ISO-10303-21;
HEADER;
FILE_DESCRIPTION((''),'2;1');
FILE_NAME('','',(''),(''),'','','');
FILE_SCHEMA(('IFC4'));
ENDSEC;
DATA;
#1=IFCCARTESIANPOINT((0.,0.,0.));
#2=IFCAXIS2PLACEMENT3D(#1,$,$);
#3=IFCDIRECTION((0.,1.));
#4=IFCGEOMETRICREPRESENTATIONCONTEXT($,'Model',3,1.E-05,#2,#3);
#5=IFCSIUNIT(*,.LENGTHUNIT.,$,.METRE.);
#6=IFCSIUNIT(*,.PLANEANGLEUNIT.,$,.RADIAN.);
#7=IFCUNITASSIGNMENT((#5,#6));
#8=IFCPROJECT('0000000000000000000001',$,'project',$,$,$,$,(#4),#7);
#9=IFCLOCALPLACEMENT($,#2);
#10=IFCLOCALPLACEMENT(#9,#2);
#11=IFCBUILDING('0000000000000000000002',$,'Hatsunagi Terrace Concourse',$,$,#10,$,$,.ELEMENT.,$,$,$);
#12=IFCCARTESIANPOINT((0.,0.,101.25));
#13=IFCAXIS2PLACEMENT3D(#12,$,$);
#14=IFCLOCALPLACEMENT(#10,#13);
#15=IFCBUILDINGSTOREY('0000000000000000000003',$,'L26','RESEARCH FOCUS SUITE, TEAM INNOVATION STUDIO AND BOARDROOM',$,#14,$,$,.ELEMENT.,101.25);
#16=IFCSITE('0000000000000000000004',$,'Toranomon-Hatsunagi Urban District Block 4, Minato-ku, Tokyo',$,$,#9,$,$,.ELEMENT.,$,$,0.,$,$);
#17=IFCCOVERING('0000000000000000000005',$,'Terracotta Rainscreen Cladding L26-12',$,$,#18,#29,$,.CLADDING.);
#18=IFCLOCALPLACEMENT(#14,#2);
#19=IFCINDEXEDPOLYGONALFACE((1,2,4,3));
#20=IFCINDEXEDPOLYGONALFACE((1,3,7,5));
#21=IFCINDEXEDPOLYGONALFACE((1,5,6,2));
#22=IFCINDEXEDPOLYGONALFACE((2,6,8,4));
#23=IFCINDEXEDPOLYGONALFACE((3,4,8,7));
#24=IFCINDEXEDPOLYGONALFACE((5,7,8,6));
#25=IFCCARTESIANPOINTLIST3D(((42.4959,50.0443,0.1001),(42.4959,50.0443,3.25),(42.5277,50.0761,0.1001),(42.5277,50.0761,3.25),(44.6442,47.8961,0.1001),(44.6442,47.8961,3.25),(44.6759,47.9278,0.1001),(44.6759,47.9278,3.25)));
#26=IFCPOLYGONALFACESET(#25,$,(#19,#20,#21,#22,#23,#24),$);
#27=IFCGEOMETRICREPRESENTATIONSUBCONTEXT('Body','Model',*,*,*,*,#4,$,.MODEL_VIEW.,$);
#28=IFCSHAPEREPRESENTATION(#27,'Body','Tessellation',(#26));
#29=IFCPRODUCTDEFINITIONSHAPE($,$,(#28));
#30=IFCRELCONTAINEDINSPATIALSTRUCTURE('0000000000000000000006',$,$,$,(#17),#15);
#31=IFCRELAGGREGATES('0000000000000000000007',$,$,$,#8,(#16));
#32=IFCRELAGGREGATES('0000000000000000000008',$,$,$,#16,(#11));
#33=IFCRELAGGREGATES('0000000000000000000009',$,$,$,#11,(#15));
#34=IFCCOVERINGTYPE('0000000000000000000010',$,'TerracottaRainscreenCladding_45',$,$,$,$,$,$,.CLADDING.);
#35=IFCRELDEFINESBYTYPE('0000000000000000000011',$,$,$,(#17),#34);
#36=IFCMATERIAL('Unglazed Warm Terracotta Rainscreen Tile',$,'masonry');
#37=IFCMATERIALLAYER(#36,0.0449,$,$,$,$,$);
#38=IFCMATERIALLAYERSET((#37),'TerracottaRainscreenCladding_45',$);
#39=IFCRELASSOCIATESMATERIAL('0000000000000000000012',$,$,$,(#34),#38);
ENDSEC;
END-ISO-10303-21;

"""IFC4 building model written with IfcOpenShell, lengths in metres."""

from ifc_helpers import new_model, si_unit, direction, frame, origin, origin_2d, place, context, subcontext, project, spatial, rectangle, extrude, material, layer, layer_set, type_object, element, save


model = new_model("IFC4")

# Units and contexts
model_context = context("Model", 3, precision=1e-05, world=origin(), true_north=direction((0.0, 1.0)))
body_context = subcontext(model_context, "Body", "Model", "MODEL_VIEW")
ifc_project = project(units=[si_unit("LENGTHUNIT", "METRE"), si_unit("PLANEANGLEUNIT", "RADIAN")], contexts=[model_context])

# Site, building, storey
site_placement = place(None, origin())
site = spatial("IfcSite", under=ifc_project, at=site_placement, Name="Toranomon-Hatsunagi Urban District Block 4, Minato-ku, Tokyo", CompositionType="ELEMENT", RefElevation=0.0)
building_placement = place(site_placement, origin())
building = spatial("IfcBuilding", under=site, at=building_placement, Name="Hatsunagi Terrace Concourse", CompositionType="ELEMENT")
storey_placement = place(building_placement, frame((0.0, 0.0, 101.25)))
storey = spatial("IfcBuildingStorey", under=building, at=storey_placement, Name="L26", Description="RESEARCH FOCUS SUITE, TEAM INNOVATION STUDIO AND BOARDROOM", CompositionType="ELEMENT", Elevation=101.25)

# Covering
ifc_material_1 = material(Name="Unglazed Warm Terracotta Rainscreen Tile", Category="masonry")
ifc_layer_1 = layer(ifc_material_1, 0.0449)
ifc_layer_set_1 = layer_set([ifc_layer_1], Name="TerracottaRainscreenCladding_45")
covering_type = type_object("IfcCoveringType", Name="TerracottaRainscreenCladding_45", PredefinedType="CLADDING", material=ifc_layer_set_1)
covering_placement = place(storey_placement, frame((43.5859, 48.9861, 0.1001), z_axis=(0.0, 0.0, 1.0), x_axis=(0.707107, -0.707107, 0.0)))
element("IfcCovering", 1, at=covering_placement, inside=storey, type_object=covering_type, Name="Terracotta Rainscreen Cladding L26-12", PredefinedType="CLADDING", context=body_context, shape_type="SweptSolid", body=[
    extrude(rectangle(XDim=3.0381, YDim=0.0449, at=origin_2d()), origin(), (0.0, 0.0, 1.0), 3.1499),
])

save(model, "model.ifc")
